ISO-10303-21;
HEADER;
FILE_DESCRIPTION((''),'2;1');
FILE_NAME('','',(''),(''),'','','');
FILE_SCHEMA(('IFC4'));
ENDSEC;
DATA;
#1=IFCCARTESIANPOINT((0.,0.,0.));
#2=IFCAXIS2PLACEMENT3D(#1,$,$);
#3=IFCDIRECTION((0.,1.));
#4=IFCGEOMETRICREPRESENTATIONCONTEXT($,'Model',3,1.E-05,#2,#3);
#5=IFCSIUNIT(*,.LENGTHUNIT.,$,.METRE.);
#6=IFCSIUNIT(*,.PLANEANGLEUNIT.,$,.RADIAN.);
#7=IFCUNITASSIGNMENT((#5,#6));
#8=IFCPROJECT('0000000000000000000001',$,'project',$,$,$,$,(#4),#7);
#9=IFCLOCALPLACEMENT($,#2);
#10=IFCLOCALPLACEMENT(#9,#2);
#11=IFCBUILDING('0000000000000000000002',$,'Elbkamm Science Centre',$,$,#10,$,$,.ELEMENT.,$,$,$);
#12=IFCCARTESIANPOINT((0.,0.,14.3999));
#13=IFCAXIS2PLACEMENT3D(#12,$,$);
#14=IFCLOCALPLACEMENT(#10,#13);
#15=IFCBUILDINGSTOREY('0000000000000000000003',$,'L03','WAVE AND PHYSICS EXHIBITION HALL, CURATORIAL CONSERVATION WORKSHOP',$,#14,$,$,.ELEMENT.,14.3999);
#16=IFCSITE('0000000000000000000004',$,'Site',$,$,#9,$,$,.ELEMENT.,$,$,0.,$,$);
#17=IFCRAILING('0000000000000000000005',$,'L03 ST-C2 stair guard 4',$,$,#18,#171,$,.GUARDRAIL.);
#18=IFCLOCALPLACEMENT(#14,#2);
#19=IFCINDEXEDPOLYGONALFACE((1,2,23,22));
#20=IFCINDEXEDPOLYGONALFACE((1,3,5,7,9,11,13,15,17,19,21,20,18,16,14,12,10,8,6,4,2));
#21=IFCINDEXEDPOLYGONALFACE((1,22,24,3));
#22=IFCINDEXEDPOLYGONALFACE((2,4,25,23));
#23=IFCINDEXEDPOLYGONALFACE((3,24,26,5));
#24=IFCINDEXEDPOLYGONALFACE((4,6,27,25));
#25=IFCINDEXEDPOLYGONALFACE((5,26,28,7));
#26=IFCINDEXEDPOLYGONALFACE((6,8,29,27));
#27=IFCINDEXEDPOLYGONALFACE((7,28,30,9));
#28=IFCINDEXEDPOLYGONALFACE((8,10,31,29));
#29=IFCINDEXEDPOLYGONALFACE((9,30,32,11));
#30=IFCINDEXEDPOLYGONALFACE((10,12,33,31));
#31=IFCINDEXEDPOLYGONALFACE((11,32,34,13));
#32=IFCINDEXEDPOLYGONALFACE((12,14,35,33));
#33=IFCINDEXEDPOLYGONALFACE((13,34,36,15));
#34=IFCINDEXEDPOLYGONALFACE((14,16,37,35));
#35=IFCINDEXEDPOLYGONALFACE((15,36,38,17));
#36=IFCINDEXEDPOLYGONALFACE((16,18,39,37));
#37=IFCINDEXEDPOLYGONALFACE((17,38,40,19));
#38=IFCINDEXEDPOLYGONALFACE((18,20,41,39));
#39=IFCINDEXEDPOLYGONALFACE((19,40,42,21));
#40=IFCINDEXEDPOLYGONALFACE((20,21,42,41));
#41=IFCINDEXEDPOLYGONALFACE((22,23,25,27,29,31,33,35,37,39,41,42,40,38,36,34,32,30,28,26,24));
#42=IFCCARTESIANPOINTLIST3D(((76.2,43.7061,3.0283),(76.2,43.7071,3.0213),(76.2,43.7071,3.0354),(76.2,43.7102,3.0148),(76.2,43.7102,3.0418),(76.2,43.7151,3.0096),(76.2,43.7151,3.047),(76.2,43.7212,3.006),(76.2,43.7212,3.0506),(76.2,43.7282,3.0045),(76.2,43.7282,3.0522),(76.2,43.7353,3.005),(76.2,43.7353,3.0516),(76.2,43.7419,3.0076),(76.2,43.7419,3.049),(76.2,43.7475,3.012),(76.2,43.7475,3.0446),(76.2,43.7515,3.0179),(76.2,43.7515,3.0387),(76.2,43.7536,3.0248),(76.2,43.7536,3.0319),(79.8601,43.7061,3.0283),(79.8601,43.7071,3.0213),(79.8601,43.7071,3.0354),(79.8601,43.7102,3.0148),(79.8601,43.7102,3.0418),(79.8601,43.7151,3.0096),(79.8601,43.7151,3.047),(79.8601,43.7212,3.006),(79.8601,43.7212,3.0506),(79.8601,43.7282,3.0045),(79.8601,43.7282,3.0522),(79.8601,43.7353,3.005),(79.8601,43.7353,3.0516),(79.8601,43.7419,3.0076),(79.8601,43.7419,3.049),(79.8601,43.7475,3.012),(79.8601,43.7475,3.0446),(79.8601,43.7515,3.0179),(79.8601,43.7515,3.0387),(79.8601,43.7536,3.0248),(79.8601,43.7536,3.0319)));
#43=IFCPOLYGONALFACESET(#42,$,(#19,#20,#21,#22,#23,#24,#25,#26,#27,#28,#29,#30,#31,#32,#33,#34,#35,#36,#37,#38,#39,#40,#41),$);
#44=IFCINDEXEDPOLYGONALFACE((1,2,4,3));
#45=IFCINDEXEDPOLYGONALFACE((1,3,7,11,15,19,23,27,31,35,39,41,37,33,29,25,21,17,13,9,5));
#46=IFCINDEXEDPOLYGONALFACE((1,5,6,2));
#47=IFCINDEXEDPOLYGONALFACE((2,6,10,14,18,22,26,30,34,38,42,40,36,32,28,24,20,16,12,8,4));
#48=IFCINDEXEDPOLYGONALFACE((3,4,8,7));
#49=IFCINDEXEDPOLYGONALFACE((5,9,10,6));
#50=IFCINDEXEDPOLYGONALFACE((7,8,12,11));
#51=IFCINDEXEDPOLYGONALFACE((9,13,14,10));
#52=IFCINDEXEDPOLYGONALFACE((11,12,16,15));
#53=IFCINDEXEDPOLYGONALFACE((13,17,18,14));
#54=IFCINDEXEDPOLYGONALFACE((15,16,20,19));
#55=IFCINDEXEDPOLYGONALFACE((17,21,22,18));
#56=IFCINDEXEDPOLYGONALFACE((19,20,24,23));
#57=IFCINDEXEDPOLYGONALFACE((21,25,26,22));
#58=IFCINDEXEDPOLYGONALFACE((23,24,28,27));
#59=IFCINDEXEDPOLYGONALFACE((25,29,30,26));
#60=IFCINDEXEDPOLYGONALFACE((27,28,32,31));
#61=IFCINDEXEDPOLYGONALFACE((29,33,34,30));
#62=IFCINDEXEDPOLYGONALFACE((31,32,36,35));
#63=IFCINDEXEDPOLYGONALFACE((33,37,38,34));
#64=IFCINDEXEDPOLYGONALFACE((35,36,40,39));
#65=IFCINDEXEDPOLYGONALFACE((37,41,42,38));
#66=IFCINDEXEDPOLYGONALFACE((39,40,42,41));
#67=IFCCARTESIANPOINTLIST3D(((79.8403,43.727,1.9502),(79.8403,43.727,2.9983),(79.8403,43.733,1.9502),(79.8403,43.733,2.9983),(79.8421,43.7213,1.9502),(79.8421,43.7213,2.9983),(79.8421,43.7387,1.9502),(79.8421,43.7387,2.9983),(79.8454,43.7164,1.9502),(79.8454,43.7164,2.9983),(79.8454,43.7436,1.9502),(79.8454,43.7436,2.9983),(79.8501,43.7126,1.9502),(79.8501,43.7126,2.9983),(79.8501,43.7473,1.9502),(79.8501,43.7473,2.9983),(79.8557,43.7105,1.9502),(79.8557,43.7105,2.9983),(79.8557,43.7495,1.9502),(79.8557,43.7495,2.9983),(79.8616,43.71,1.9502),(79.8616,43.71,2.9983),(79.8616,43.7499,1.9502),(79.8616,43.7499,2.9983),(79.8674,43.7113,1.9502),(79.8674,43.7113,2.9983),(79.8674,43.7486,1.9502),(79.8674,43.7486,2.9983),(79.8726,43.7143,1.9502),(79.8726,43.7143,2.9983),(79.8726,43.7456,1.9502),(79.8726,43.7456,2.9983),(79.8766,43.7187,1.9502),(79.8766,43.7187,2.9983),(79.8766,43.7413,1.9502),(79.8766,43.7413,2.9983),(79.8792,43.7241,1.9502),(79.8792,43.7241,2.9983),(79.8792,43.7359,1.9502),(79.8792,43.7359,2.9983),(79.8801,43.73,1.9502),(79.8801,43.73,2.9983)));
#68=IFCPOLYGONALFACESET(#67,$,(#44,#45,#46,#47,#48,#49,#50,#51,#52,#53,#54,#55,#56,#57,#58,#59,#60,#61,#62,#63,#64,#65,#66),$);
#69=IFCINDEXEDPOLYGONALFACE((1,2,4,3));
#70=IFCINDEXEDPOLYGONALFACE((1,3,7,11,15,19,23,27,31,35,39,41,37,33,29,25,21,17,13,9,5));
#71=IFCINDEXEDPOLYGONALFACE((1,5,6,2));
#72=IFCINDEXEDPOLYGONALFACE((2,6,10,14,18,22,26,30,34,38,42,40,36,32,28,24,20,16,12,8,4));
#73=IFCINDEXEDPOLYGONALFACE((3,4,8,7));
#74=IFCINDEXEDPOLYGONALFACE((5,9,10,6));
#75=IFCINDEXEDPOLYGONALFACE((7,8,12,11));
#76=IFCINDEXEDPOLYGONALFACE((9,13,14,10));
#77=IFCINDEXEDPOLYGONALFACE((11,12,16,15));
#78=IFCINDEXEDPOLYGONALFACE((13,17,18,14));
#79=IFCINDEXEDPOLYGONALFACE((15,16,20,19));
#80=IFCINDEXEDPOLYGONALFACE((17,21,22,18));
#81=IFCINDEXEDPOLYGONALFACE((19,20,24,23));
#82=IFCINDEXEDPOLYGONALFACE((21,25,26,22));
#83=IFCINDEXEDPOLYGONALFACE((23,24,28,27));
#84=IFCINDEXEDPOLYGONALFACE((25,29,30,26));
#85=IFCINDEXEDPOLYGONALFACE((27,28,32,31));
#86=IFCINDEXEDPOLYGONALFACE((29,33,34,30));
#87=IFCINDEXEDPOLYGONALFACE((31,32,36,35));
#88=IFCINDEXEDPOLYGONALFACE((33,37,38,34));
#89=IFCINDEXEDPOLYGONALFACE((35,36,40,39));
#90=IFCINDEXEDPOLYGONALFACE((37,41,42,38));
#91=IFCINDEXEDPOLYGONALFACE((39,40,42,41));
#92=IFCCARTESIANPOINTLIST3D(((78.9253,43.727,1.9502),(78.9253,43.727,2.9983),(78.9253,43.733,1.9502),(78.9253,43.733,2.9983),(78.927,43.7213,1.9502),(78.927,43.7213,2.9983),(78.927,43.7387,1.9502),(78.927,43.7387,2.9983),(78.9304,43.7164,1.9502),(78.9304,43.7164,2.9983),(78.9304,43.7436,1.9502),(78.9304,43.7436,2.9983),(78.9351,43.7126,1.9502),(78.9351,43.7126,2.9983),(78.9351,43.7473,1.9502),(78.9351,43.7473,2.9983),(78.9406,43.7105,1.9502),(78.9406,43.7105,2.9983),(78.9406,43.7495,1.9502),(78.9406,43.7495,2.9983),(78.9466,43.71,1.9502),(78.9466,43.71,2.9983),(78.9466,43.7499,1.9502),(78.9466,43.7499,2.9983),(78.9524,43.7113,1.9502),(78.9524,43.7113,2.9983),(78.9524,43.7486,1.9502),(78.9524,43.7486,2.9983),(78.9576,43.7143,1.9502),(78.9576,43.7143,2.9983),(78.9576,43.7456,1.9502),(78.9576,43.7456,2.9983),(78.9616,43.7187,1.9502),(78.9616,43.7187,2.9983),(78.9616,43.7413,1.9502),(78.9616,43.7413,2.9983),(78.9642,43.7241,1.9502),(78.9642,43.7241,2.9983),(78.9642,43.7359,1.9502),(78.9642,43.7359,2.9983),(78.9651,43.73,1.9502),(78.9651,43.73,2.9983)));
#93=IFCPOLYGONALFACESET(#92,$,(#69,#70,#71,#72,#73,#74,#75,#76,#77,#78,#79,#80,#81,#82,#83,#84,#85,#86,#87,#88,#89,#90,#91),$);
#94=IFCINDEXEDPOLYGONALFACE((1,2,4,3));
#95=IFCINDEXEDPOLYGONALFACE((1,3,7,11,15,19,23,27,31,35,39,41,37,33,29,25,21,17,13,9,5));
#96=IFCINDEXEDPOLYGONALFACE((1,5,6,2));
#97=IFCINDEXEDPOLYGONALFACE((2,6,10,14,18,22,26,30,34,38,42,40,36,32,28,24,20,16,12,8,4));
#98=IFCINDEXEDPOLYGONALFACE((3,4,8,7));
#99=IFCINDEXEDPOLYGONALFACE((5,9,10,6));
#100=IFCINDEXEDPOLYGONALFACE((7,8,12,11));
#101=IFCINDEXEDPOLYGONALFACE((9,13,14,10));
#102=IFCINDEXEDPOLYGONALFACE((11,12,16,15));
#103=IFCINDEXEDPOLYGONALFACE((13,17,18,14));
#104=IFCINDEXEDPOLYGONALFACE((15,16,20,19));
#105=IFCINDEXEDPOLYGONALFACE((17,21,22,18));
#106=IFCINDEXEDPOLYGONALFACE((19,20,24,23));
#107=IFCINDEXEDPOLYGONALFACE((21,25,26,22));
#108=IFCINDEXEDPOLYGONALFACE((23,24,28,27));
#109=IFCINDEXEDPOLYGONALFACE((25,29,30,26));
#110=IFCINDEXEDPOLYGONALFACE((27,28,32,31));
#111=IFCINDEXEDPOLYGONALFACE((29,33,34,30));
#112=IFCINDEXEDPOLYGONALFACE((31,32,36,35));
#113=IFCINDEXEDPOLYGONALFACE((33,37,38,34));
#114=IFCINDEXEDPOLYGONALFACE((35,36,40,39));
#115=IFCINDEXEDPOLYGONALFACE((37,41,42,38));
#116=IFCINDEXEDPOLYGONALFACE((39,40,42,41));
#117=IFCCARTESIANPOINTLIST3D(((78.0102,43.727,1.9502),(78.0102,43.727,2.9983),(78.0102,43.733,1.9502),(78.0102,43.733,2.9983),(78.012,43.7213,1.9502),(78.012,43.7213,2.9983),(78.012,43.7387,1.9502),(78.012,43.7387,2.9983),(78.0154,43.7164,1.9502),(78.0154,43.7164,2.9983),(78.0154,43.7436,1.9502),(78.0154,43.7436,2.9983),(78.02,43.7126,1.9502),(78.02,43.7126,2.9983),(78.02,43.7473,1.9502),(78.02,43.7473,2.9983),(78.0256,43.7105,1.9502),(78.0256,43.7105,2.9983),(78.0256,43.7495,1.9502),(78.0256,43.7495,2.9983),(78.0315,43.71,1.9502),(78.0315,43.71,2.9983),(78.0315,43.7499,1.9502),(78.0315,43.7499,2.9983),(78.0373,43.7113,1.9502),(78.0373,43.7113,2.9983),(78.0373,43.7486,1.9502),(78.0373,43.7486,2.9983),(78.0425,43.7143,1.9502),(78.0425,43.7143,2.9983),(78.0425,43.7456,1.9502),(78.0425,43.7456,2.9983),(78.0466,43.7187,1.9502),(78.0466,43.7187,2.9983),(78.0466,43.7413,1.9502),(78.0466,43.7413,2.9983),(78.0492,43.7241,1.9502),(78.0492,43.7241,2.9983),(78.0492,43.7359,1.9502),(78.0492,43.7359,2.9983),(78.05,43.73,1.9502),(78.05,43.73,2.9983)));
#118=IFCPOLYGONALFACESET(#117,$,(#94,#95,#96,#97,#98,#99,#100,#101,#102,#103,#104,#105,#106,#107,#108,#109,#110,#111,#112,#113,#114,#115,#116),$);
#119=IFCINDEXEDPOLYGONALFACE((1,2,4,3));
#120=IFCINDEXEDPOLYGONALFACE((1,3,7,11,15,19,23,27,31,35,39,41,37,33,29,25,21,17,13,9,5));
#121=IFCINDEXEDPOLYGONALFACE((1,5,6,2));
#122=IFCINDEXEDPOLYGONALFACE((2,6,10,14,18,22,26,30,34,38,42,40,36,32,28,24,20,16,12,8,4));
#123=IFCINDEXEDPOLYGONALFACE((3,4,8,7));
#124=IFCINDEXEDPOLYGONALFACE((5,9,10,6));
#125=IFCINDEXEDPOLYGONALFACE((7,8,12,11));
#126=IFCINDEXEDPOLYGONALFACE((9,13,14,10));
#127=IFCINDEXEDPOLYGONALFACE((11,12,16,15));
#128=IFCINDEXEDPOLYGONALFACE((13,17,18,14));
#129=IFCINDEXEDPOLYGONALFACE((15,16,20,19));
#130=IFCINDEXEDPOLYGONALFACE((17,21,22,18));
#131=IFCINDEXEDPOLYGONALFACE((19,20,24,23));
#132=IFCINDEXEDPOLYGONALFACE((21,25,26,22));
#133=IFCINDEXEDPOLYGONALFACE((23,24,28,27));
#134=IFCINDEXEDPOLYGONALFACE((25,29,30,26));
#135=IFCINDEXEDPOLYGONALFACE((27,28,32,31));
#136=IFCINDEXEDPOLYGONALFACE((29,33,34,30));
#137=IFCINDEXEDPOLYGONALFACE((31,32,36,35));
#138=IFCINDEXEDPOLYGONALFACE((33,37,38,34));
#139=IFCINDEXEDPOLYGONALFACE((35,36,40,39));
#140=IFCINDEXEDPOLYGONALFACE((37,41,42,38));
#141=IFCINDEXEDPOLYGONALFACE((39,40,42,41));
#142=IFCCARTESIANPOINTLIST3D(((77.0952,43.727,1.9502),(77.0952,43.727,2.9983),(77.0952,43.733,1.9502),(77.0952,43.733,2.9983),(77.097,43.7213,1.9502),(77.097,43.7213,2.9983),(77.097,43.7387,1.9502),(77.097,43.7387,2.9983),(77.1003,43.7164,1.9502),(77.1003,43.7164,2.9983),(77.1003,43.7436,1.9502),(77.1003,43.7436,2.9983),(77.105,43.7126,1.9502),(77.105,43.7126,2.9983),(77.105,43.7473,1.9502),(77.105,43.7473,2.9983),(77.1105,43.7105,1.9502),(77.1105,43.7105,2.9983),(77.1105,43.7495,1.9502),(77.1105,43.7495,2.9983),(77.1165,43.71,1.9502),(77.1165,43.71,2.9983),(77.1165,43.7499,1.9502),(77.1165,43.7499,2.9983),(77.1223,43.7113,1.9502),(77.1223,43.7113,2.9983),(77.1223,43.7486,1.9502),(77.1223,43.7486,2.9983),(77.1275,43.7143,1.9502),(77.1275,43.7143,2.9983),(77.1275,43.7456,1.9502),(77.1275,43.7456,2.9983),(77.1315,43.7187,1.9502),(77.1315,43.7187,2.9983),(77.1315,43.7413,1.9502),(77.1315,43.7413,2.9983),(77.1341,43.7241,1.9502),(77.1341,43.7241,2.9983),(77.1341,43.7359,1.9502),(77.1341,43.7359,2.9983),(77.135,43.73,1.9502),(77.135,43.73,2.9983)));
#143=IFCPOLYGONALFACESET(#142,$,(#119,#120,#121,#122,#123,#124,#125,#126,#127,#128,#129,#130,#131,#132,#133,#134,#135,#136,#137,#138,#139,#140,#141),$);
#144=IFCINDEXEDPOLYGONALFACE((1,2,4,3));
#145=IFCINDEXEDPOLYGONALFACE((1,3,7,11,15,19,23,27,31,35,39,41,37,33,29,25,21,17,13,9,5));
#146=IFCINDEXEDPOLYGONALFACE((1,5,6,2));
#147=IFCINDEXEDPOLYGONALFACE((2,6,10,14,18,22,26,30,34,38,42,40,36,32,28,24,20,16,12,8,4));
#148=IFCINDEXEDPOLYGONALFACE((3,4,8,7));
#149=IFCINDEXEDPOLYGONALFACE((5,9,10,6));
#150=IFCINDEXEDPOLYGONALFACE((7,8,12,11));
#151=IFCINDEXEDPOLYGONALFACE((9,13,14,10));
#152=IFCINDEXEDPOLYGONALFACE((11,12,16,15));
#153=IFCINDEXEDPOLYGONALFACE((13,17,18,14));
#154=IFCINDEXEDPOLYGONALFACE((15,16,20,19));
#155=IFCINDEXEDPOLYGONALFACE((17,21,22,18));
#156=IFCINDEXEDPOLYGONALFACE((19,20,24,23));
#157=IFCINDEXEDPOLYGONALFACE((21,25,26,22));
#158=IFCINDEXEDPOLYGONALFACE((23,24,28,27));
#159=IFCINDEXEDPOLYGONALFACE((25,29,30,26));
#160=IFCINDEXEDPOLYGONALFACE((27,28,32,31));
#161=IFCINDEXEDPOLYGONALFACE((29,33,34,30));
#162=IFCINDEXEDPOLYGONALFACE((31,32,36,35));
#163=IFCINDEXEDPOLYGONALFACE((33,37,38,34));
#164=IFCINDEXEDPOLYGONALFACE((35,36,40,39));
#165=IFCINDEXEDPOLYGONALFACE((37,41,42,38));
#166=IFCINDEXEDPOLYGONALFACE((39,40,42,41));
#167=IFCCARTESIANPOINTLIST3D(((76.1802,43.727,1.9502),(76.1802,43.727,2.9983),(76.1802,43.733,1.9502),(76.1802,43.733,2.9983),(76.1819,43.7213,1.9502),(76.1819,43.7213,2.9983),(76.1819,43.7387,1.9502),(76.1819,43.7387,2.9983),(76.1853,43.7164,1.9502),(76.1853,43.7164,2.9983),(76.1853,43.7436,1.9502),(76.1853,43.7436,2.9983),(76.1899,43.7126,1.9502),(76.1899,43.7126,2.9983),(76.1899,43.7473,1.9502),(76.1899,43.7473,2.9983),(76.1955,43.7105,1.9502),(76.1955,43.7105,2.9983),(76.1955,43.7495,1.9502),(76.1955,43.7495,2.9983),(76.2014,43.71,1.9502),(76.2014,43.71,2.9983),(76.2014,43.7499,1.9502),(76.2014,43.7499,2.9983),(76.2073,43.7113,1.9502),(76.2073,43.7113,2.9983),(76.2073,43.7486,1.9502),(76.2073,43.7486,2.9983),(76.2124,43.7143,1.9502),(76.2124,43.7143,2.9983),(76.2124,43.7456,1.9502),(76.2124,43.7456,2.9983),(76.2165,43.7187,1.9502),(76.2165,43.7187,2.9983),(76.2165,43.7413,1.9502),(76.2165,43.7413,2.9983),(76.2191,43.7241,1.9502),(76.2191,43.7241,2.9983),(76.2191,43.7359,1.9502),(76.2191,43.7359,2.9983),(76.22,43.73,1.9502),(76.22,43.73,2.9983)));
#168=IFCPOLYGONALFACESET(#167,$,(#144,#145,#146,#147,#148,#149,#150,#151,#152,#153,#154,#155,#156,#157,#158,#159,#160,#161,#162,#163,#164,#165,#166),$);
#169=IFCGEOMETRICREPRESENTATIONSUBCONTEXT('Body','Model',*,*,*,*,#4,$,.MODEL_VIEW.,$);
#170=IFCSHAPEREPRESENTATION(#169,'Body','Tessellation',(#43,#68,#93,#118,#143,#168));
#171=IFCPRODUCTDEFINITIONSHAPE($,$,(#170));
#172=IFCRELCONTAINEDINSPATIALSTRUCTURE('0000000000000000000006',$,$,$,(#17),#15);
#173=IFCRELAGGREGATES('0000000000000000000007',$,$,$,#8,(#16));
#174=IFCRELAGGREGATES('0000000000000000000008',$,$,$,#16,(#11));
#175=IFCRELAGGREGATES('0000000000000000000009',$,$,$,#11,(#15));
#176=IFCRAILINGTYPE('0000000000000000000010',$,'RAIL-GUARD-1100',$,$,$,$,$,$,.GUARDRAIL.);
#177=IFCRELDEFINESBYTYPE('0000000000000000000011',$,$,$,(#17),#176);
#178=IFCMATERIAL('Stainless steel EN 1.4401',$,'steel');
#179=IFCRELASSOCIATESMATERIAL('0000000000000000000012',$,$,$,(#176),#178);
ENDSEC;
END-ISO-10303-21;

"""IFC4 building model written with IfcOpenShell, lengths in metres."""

from ifc_helpers import new_model, si_unit, direction, frame, origin, origin_2d, place, context, subcontext, project, spatial, circle, extrude, material, type_object, element, save


model = new_model("IFC4")

# Units and contexts
model_context = context("Model", 3, precision=1e-05, world=origin(), true_north=direction((0.0, 1.0)))
body_context = subcontext(model_context, "Body", "Model", "MODEL_VIEW")
ifc_project = project(units=[si_unit("LENGTHUNIT", "METRE"), si_unit("PLANEANGLEUNIT", "RADIAN")], contexts=[model_context])

# Site, building, storey
site_placement = place(None, origin())
site = spatial("IfcSite", under=ifc_project, at=site_placement, Name="Site", CompositionType="ELEMENT", RefElevation=0.0)
building_placement = place(site_placement, origin())
building = spatial("IfcBuilding", under=site, at=building_placement, Name="Elbkamm Science Centre", CompositionType="ELEMENT")
storey_placement = place(building_placement, frame((0.0, 0.0, 14.3999)))
storey = spatial("IfcBuildingStorey", under=building, at=storey_placement, Name="L03", Description="WAVE AND PHYSICS EXHIBITION HALL, CURATORIAL CONSERVATION WORKSHOP", CompositionType="ELEMENT", Elevation=14.3999)

# Railing
ifc_material_1 = material(Name="Stainless steel EN 1.4401", Category="steel")
railing_type_1 = type_object("IfcRailingType", Name="RAIL-GUARD-1100", PredefinedType="GUARDRAIL", material=ifc_material_1)
for number, where, name in (
    (1, (79.8601, 43.73, 1.9502), "L03 ST-C2 stair guard 4"),
):
    element("IfcRailing", number, at=place(storey_placement, frame(where)), inside=storey, type_object=railing_type_1, Name=name, PredefinedType="GUARDRAIL", context=body_context, shape_type="SweptSolid", body=[
        extrude(circle(Radius=0.0239, at=origin_2d()), frame((0.0, 0.0, 1.0781), z_axis=(-1.0, 0.0, 0.0), x_axis=(0.0, -1.0, 0.0)), (0.0, 0.0, 1.0), 3.6602),
        extrude(circle(Radius=0.02, at=origin_2d()), origin(), (0.0, 0.0, 1.0), 1.0481),
        extrude(circle(Radius=0.02, at=origin_2d()), frame((-0.915, 0.0, 0.0)), (0.0, 0.0, 1.0), 1.0481),
        extrude(circle(Radius=0.02, at=origin_2d()), frame((-1.8301, 0.0, 0.0)), (0.0, 0.0, 1.0), 1.0481),
        extrude(circle(Radius=0.02, at=origin_2d()), frame((-2.7451, 0.0, 0.0)), (0.0, 0.0, 1.0), 1.0481),
        extrude(circle(Radius=0.02, at=origin_2d()), frame((-3.6602, 0.0, 0.0)), (0.0, 0.0, 1.0), 1.0481),
    ])

save(model, "model.ifc")
